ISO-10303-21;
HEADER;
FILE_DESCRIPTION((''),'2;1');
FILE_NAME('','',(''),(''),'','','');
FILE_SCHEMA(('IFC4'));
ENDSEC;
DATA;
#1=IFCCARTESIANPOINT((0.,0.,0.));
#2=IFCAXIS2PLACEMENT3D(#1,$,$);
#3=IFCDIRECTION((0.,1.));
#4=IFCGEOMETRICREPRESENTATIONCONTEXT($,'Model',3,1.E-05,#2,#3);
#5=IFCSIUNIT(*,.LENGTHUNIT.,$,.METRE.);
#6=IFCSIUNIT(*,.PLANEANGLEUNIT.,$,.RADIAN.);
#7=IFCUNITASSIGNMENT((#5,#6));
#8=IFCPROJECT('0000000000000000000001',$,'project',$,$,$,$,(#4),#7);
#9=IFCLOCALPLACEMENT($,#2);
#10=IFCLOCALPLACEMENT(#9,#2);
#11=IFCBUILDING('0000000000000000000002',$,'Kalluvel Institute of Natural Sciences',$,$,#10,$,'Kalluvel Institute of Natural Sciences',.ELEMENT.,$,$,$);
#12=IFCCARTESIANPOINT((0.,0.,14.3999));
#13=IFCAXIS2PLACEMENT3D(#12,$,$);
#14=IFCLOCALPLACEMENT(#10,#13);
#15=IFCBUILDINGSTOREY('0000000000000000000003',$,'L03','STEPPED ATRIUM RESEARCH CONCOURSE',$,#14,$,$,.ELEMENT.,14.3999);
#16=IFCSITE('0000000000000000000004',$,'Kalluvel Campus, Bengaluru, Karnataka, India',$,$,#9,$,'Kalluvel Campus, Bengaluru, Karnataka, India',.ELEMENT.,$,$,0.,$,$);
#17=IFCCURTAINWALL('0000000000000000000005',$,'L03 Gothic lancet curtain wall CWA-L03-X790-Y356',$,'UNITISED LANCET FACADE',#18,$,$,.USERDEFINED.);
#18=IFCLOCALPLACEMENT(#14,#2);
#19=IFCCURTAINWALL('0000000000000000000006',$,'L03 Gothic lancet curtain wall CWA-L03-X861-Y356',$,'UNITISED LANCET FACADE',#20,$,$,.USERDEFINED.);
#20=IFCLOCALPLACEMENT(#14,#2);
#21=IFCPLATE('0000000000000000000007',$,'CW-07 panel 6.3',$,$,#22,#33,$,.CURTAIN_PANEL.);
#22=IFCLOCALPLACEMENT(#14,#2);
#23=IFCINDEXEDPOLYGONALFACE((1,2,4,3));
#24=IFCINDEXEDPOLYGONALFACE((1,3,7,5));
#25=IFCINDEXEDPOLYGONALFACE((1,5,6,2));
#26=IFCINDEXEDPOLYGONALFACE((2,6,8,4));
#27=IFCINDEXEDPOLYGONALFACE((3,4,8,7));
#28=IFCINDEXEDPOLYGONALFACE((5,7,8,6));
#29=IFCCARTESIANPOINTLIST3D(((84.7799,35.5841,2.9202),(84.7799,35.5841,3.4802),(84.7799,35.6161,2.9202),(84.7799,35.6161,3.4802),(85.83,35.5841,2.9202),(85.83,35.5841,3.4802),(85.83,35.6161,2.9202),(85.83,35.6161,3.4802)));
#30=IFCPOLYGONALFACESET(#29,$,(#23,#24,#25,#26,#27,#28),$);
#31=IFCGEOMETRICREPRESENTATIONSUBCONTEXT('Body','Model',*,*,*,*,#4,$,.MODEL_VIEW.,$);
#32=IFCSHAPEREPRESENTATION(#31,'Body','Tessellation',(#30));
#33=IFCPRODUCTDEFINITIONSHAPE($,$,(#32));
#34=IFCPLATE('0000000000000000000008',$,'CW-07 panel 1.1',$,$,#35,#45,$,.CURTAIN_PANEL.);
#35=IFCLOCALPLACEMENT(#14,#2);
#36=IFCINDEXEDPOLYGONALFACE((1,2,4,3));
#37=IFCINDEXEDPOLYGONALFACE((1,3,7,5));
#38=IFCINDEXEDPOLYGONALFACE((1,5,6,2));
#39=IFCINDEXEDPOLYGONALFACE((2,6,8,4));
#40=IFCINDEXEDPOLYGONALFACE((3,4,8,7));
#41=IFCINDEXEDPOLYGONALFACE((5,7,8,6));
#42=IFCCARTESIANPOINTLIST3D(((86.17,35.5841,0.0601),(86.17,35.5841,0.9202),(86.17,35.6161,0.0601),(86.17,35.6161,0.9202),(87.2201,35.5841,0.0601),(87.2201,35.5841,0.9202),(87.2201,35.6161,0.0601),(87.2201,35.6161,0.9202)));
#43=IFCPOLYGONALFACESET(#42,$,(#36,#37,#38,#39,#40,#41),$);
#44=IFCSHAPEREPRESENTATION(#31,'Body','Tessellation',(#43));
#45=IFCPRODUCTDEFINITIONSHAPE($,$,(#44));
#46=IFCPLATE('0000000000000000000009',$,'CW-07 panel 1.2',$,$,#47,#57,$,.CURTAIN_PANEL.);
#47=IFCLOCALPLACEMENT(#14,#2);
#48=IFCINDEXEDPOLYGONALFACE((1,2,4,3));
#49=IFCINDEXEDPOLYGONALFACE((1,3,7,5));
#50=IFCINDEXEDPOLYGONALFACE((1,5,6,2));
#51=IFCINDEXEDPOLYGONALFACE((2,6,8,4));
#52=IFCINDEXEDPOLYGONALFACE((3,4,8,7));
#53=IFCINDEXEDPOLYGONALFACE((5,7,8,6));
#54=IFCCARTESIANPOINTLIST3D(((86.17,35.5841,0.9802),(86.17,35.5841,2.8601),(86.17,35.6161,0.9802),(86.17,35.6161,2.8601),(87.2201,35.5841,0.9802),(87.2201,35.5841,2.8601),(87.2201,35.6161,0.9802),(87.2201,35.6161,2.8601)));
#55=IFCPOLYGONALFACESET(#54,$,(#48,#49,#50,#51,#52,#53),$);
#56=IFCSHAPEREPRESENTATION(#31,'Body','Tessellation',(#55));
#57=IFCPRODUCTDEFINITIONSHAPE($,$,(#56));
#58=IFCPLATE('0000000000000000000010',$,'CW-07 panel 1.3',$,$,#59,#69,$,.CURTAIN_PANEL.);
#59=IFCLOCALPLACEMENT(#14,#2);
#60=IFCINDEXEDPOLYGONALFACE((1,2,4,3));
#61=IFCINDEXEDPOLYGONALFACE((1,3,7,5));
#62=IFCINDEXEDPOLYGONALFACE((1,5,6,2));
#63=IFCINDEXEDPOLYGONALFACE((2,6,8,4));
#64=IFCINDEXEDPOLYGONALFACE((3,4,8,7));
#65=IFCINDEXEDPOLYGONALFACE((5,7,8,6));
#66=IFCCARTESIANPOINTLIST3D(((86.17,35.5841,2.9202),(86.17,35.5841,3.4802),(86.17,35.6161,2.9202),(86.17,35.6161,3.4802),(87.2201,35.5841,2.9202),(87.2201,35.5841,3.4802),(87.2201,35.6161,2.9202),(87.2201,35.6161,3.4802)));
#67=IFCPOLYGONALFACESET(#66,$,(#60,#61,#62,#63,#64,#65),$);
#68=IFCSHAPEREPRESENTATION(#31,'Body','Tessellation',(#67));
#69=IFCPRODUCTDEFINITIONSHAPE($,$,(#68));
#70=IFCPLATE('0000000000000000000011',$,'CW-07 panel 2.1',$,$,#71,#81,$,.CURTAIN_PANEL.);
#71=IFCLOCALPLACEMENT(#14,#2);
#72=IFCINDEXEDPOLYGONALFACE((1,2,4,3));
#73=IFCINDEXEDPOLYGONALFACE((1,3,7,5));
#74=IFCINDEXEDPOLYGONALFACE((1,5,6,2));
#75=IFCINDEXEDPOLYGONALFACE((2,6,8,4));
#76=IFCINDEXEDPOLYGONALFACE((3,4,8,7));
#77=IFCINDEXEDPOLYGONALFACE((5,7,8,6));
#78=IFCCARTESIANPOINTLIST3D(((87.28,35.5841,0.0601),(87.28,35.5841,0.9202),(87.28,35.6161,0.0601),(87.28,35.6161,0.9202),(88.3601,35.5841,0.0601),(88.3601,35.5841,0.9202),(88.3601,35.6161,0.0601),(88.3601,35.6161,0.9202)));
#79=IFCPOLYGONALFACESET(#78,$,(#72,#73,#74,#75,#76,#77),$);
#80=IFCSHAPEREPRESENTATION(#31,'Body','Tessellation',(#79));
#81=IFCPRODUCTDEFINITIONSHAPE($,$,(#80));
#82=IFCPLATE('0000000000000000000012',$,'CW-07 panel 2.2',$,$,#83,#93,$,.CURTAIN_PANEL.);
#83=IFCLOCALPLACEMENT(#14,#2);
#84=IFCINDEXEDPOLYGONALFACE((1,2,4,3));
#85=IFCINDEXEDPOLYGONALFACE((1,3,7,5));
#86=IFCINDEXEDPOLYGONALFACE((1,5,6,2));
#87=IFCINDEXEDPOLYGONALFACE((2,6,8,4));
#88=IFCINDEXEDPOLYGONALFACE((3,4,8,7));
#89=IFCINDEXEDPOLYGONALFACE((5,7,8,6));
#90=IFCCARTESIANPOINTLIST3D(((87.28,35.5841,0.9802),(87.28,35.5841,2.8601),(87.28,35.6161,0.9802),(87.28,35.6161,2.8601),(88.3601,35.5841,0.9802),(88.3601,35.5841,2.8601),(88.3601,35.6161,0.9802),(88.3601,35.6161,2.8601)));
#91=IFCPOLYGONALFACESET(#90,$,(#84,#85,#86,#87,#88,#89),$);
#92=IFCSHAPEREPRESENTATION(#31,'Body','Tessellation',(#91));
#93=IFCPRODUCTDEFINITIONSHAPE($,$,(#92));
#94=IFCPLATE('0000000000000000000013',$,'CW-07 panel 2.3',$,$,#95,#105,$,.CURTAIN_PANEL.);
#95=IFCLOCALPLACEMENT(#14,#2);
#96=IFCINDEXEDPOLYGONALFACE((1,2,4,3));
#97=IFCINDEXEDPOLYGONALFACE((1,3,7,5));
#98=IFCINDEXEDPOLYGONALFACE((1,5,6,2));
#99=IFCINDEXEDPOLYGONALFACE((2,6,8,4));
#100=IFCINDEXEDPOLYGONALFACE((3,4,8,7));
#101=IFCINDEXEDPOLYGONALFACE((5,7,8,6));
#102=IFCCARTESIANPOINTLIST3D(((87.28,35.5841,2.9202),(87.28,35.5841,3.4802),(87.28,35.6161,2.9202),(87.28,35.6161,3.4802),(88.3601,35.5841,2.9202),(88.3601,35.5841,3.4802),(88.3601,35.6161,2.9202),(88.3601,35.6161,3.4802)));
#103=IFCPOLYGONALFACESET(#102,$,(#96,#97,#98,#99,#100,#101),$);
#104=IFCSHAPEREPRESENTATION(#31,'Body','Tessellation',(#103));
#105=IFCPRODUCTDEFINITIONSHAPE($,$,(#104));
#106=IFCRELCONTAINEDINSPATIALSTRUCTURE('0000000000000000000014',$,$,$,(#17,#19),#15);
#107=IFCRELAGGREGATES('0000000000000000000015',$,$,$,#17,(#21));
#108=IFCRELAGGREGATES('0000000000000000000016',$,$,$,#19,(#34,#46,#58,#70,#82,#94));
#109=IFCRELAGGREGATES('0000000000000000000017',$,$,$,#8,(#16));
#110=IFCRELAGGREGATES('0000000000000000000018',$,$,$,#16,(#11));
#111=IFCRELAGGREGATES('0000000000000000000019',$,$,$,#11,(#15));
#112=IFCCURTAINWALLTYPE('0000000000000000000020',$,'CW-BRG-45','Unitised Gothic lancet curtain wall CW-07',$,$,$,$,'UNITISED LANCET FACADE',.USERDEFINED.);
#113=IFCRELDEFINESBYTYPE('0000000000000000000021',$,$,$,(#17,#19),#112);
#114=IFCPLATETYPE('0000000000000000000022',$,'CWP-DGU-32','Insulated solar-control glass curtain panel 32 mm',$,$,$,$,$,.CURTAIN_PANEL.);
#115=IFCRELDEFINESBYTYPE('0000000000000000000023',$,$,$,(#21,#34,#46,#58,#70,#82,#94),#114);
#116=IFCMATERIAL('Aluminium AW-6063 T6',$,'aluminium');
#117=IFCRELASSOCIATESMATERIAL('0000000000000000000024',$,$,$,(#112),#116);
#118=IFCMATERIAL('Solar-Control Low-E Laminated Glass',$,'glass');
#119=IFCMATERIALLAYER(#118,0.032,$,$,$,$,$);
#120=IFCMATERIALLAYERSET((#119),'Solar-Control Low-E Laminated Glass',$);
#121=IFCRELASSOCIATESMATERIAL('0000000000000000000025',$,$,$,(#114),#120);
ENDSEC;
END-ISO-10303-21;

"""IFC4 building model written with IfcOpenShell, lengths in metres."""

from ifc_helpers import new_model, si_unit, direction, frame, origin, origin_2d, place, context, subcontext, project, spatial, rectangle, extrude, material, layer, layer_set, type_object, element, aggregate, save


model = new_model("IFC4")

# Units and contexts
model_context = context("Model", 3, precision=1e-05, world=origin(), true_north=direction((0.0, 1.0)))
body_context = subcontext(model_context, "Body", "Model", "MODEL_VIEW")
ifc_project = project(units=[si_unit("LENGTHUNIT", "METRE"), si_unit("PLANEANGLEUNIT", "RADIAN")], contexts=[model_context])

# Site, building, storey
site_placement = place(None, origin())
site = spatial("IfcSite", under=ifc_project, at=site_placement, Name="Kalluvel Campus, Bengaluru, Karnataka, India", LongName="Kalluvel Campus, Bengaluru, Karnataka, India", CompositionType="ELEMENT", RefElevation=0.0)
building_placement = place(site_placement, origin())
building = spatial("IfcBuilding", under=site, at=building_placement, Name="Kalluvel Institute of Natural Sciences", LongName="Kalluvel Institute of Natural Sciences", CompositionType="ELEMENT")
storey_placement = place(building_placement, frame((0.0, 0.0, 14.3999)))
storey = spatial("IfcBuildingStorey", under=building, at=storey_placement, Name="L03", Description="STEPPED ATRIUM RESEARCH CONCOURSE", CompositionType="ELEMENT", Elevation=14.3999)

# Curtain walls
ifc_material_1 = material(Name="Aluminium AW-6063 T6", Category="aluminium")
curtain_wall_type = type_object("IfcCurtainWallType", Name="CW-BRG-45", Description="Unitised Gothic lancet curtain wall CW-07", ElementType="UNITISED LANCET FACADE", PredefinedType="USERDEFINED", material=ifc_material_1)
curtain_wall_1_placement = place(storey_placement, origin())
curtain_wall_1 = element("IfcCurtainWall", 1, at=curtain_wall_1_placement, inside=storey, type_object=curtain_wall_type, Name="L03 Gothic lancet curtain wall CWA-L03-X790-Y356", ObjectType="UNITISED LANCET FACADE", PredefinedType="USERDEFINED")
curtain_wall_2_placement = place(storey_placement, origin())
curtain_wall_2 = element("IfcCurtainWall", 2, at=curtain_wall_2_placement, inside=storey, type_object=curtain_wall_type, Name="L03 Gothic lancet curtain wall CWA-L03-X861-Y356", ObjectType="UNITISED LANCET FACADE", PredefinedType="USERDEFINED")

# Plates
ifc_material_2 = material(Name="Solar-Control Low-E Laminated Glass", Category="glass")
ifc_layer = layer(ifc_material_2, 0.032)
ifc_layer_set = layer_set([ifc_layer], Name="Solar-Control Low-E Laminated Glass")
plate_type = type_object("IfcPlateType", Name="CWP-DGU-32", Description="Insulated solar-control glass curtain panel 32 mm", PredefinedType="CURTAIN_PANEL", material=ifc_layer_set)
plate_1_placement = place(storey_placement, frame((85.3049, 35.6001, 2.9202), z_axis=(0.0, 0.0, 1.0), x_axis=(1.0, 0.0, 0.0)))
plate_1 = element("IfcPlate", 3, at=plate_1_placement, type_object=plate_type, Name="CW-07 panel 6.3", PredefinedType="CURTAIN_PANEL", context=body_context, shape_type="SweptSolid", body=[
    extrude(rectangle(XDim=1.05, YDim=0.032, at=origin_2d()), origin(), (0.0, 0.0, 1.0), 0.5601),
])
aggregate(curtain_wall_1, [plate_1])
plate_2_placement = place(storey_placement, frame((86.6951, 35.6001, 0.0601), z_axis=(0.0, 0.0, 1.0), x_axis=(1.0, 0.0, 0.0)))
plate_2 = element("IfcPlate", 4, at=plate_2_placement, type_object=plate_type, Name="CW-07 panel 1.1", PredefinedType="CURTAIN_PANEL", context=body_context, shape_type="SweptSolid", body=[
    extrude(rectangle(XDim=1.05, YDim=0.032, at=origin_2d()), origin(), (0.0, 0.0, 1.0), 0.8601),
])
plate_3_placement = place(storey_placement, frame((86.6951, 35.6001, 0.9802), z_axis=(0.0, 0.0, 1.0), x_axis=(1.0, 0.0, 0.0)))
plate_3 = element("IfcPlate", 5, at=plate_3_placement, type_object=plate_type, Name="CW-07 panel 1.2", PredefinedType="CURTAIN_PANEL", context=body_context, shape_type="SweptSolid", body=[
    extrude(rectangle(XDim=1.05, YDim=0.032, at=origin_2d()), origin(), (0.0, 0.0, 1.0), 1.8799),
])
plate_4_placement = place(storey_placement, frame((86.6951, 35.6001, 2.9202), z_axis=(0.0, 0.0, 1.0), x_axis=(1.0, 0.0, 0.0)))
plate_4 = element("IfcPlate", 6, at=plate_4_placement, type_object=plate_type, Name="CW-07 panel 1.3", PredefinedType="CURTAIN_PANEL", context=body_context, shape_type="SweptSolid", body=[
    extrude(rectangle(XDim=1.05, YDim=0.032, at=origin_2d()), origin(), (0.0, 0.0, 1.0), 0.5601),
])
plate_5_placement = place(storey_placement, frame((87.8201, 35.6001, 0.0601), z_axis=(0.0, 0.0, 1.0), x_axis=(1.0, 0.0, 0.0)))
plate_5 = element("IfcPlate", 7, at=plate_5_placement, type_object=plate_type, Name="CW-07 panel 2.1", PredefinedType="CURTAIN_PANEL", context=body_context, shape_type="SweptSolid", body=[
    extrude(rectangle(XDim=1.0801, YDim=0.032, at=origin_2d()), origin(), (0.0, 0.0, 1.0), 0.8601),
])
plate_6_placement = place(storey_placement, frame((87.8201, 35.6001, 0.9802), z_axis=(0.0, 0.0, 1.0), x_axis=(1.0, 0.0, 0.0)))
plate_6 = element("IfcPlate", 8, at=plate_6_placement, type_object=plate_type, Name="CW-07 panel 2.2", PredefinedType="CURTAIN_PANEL", context=body_context, shape_type="SweptSolid", body=[
    extrude(rectangle(XDim=1.0801, YDim=0.032, at=origin_2d()), origin(), (0.0, 0.0, 1.0), 1.8799),
])
plate_7_placement = place(storey_placement, frame((87.8201, 35.6001, 2.9202), z_axis=(0.0, 0.0, 1.0), x_axis=(1.0, 0.0, 0.0)))
plate_7 = element("IfcPlate", 9, at=plate_7_placement, type_object=plate_type, Name="CW-07 panel 2.3", PredefinedType="CURTAIN_PANEL", context=body_context, shape_type="SweptSolid", body=[
    extrude(rectangle(XDim=1.0801, YDim=0.032, at=origin_2d()), origin(), (0.0, 0.0, 1.0), 0.5601),
])
aggregate(curtain_wall_2, [plate_2, plate_3, plate_4, plate_5, plate_6, plate_7])

save(model, "model.ifc")
